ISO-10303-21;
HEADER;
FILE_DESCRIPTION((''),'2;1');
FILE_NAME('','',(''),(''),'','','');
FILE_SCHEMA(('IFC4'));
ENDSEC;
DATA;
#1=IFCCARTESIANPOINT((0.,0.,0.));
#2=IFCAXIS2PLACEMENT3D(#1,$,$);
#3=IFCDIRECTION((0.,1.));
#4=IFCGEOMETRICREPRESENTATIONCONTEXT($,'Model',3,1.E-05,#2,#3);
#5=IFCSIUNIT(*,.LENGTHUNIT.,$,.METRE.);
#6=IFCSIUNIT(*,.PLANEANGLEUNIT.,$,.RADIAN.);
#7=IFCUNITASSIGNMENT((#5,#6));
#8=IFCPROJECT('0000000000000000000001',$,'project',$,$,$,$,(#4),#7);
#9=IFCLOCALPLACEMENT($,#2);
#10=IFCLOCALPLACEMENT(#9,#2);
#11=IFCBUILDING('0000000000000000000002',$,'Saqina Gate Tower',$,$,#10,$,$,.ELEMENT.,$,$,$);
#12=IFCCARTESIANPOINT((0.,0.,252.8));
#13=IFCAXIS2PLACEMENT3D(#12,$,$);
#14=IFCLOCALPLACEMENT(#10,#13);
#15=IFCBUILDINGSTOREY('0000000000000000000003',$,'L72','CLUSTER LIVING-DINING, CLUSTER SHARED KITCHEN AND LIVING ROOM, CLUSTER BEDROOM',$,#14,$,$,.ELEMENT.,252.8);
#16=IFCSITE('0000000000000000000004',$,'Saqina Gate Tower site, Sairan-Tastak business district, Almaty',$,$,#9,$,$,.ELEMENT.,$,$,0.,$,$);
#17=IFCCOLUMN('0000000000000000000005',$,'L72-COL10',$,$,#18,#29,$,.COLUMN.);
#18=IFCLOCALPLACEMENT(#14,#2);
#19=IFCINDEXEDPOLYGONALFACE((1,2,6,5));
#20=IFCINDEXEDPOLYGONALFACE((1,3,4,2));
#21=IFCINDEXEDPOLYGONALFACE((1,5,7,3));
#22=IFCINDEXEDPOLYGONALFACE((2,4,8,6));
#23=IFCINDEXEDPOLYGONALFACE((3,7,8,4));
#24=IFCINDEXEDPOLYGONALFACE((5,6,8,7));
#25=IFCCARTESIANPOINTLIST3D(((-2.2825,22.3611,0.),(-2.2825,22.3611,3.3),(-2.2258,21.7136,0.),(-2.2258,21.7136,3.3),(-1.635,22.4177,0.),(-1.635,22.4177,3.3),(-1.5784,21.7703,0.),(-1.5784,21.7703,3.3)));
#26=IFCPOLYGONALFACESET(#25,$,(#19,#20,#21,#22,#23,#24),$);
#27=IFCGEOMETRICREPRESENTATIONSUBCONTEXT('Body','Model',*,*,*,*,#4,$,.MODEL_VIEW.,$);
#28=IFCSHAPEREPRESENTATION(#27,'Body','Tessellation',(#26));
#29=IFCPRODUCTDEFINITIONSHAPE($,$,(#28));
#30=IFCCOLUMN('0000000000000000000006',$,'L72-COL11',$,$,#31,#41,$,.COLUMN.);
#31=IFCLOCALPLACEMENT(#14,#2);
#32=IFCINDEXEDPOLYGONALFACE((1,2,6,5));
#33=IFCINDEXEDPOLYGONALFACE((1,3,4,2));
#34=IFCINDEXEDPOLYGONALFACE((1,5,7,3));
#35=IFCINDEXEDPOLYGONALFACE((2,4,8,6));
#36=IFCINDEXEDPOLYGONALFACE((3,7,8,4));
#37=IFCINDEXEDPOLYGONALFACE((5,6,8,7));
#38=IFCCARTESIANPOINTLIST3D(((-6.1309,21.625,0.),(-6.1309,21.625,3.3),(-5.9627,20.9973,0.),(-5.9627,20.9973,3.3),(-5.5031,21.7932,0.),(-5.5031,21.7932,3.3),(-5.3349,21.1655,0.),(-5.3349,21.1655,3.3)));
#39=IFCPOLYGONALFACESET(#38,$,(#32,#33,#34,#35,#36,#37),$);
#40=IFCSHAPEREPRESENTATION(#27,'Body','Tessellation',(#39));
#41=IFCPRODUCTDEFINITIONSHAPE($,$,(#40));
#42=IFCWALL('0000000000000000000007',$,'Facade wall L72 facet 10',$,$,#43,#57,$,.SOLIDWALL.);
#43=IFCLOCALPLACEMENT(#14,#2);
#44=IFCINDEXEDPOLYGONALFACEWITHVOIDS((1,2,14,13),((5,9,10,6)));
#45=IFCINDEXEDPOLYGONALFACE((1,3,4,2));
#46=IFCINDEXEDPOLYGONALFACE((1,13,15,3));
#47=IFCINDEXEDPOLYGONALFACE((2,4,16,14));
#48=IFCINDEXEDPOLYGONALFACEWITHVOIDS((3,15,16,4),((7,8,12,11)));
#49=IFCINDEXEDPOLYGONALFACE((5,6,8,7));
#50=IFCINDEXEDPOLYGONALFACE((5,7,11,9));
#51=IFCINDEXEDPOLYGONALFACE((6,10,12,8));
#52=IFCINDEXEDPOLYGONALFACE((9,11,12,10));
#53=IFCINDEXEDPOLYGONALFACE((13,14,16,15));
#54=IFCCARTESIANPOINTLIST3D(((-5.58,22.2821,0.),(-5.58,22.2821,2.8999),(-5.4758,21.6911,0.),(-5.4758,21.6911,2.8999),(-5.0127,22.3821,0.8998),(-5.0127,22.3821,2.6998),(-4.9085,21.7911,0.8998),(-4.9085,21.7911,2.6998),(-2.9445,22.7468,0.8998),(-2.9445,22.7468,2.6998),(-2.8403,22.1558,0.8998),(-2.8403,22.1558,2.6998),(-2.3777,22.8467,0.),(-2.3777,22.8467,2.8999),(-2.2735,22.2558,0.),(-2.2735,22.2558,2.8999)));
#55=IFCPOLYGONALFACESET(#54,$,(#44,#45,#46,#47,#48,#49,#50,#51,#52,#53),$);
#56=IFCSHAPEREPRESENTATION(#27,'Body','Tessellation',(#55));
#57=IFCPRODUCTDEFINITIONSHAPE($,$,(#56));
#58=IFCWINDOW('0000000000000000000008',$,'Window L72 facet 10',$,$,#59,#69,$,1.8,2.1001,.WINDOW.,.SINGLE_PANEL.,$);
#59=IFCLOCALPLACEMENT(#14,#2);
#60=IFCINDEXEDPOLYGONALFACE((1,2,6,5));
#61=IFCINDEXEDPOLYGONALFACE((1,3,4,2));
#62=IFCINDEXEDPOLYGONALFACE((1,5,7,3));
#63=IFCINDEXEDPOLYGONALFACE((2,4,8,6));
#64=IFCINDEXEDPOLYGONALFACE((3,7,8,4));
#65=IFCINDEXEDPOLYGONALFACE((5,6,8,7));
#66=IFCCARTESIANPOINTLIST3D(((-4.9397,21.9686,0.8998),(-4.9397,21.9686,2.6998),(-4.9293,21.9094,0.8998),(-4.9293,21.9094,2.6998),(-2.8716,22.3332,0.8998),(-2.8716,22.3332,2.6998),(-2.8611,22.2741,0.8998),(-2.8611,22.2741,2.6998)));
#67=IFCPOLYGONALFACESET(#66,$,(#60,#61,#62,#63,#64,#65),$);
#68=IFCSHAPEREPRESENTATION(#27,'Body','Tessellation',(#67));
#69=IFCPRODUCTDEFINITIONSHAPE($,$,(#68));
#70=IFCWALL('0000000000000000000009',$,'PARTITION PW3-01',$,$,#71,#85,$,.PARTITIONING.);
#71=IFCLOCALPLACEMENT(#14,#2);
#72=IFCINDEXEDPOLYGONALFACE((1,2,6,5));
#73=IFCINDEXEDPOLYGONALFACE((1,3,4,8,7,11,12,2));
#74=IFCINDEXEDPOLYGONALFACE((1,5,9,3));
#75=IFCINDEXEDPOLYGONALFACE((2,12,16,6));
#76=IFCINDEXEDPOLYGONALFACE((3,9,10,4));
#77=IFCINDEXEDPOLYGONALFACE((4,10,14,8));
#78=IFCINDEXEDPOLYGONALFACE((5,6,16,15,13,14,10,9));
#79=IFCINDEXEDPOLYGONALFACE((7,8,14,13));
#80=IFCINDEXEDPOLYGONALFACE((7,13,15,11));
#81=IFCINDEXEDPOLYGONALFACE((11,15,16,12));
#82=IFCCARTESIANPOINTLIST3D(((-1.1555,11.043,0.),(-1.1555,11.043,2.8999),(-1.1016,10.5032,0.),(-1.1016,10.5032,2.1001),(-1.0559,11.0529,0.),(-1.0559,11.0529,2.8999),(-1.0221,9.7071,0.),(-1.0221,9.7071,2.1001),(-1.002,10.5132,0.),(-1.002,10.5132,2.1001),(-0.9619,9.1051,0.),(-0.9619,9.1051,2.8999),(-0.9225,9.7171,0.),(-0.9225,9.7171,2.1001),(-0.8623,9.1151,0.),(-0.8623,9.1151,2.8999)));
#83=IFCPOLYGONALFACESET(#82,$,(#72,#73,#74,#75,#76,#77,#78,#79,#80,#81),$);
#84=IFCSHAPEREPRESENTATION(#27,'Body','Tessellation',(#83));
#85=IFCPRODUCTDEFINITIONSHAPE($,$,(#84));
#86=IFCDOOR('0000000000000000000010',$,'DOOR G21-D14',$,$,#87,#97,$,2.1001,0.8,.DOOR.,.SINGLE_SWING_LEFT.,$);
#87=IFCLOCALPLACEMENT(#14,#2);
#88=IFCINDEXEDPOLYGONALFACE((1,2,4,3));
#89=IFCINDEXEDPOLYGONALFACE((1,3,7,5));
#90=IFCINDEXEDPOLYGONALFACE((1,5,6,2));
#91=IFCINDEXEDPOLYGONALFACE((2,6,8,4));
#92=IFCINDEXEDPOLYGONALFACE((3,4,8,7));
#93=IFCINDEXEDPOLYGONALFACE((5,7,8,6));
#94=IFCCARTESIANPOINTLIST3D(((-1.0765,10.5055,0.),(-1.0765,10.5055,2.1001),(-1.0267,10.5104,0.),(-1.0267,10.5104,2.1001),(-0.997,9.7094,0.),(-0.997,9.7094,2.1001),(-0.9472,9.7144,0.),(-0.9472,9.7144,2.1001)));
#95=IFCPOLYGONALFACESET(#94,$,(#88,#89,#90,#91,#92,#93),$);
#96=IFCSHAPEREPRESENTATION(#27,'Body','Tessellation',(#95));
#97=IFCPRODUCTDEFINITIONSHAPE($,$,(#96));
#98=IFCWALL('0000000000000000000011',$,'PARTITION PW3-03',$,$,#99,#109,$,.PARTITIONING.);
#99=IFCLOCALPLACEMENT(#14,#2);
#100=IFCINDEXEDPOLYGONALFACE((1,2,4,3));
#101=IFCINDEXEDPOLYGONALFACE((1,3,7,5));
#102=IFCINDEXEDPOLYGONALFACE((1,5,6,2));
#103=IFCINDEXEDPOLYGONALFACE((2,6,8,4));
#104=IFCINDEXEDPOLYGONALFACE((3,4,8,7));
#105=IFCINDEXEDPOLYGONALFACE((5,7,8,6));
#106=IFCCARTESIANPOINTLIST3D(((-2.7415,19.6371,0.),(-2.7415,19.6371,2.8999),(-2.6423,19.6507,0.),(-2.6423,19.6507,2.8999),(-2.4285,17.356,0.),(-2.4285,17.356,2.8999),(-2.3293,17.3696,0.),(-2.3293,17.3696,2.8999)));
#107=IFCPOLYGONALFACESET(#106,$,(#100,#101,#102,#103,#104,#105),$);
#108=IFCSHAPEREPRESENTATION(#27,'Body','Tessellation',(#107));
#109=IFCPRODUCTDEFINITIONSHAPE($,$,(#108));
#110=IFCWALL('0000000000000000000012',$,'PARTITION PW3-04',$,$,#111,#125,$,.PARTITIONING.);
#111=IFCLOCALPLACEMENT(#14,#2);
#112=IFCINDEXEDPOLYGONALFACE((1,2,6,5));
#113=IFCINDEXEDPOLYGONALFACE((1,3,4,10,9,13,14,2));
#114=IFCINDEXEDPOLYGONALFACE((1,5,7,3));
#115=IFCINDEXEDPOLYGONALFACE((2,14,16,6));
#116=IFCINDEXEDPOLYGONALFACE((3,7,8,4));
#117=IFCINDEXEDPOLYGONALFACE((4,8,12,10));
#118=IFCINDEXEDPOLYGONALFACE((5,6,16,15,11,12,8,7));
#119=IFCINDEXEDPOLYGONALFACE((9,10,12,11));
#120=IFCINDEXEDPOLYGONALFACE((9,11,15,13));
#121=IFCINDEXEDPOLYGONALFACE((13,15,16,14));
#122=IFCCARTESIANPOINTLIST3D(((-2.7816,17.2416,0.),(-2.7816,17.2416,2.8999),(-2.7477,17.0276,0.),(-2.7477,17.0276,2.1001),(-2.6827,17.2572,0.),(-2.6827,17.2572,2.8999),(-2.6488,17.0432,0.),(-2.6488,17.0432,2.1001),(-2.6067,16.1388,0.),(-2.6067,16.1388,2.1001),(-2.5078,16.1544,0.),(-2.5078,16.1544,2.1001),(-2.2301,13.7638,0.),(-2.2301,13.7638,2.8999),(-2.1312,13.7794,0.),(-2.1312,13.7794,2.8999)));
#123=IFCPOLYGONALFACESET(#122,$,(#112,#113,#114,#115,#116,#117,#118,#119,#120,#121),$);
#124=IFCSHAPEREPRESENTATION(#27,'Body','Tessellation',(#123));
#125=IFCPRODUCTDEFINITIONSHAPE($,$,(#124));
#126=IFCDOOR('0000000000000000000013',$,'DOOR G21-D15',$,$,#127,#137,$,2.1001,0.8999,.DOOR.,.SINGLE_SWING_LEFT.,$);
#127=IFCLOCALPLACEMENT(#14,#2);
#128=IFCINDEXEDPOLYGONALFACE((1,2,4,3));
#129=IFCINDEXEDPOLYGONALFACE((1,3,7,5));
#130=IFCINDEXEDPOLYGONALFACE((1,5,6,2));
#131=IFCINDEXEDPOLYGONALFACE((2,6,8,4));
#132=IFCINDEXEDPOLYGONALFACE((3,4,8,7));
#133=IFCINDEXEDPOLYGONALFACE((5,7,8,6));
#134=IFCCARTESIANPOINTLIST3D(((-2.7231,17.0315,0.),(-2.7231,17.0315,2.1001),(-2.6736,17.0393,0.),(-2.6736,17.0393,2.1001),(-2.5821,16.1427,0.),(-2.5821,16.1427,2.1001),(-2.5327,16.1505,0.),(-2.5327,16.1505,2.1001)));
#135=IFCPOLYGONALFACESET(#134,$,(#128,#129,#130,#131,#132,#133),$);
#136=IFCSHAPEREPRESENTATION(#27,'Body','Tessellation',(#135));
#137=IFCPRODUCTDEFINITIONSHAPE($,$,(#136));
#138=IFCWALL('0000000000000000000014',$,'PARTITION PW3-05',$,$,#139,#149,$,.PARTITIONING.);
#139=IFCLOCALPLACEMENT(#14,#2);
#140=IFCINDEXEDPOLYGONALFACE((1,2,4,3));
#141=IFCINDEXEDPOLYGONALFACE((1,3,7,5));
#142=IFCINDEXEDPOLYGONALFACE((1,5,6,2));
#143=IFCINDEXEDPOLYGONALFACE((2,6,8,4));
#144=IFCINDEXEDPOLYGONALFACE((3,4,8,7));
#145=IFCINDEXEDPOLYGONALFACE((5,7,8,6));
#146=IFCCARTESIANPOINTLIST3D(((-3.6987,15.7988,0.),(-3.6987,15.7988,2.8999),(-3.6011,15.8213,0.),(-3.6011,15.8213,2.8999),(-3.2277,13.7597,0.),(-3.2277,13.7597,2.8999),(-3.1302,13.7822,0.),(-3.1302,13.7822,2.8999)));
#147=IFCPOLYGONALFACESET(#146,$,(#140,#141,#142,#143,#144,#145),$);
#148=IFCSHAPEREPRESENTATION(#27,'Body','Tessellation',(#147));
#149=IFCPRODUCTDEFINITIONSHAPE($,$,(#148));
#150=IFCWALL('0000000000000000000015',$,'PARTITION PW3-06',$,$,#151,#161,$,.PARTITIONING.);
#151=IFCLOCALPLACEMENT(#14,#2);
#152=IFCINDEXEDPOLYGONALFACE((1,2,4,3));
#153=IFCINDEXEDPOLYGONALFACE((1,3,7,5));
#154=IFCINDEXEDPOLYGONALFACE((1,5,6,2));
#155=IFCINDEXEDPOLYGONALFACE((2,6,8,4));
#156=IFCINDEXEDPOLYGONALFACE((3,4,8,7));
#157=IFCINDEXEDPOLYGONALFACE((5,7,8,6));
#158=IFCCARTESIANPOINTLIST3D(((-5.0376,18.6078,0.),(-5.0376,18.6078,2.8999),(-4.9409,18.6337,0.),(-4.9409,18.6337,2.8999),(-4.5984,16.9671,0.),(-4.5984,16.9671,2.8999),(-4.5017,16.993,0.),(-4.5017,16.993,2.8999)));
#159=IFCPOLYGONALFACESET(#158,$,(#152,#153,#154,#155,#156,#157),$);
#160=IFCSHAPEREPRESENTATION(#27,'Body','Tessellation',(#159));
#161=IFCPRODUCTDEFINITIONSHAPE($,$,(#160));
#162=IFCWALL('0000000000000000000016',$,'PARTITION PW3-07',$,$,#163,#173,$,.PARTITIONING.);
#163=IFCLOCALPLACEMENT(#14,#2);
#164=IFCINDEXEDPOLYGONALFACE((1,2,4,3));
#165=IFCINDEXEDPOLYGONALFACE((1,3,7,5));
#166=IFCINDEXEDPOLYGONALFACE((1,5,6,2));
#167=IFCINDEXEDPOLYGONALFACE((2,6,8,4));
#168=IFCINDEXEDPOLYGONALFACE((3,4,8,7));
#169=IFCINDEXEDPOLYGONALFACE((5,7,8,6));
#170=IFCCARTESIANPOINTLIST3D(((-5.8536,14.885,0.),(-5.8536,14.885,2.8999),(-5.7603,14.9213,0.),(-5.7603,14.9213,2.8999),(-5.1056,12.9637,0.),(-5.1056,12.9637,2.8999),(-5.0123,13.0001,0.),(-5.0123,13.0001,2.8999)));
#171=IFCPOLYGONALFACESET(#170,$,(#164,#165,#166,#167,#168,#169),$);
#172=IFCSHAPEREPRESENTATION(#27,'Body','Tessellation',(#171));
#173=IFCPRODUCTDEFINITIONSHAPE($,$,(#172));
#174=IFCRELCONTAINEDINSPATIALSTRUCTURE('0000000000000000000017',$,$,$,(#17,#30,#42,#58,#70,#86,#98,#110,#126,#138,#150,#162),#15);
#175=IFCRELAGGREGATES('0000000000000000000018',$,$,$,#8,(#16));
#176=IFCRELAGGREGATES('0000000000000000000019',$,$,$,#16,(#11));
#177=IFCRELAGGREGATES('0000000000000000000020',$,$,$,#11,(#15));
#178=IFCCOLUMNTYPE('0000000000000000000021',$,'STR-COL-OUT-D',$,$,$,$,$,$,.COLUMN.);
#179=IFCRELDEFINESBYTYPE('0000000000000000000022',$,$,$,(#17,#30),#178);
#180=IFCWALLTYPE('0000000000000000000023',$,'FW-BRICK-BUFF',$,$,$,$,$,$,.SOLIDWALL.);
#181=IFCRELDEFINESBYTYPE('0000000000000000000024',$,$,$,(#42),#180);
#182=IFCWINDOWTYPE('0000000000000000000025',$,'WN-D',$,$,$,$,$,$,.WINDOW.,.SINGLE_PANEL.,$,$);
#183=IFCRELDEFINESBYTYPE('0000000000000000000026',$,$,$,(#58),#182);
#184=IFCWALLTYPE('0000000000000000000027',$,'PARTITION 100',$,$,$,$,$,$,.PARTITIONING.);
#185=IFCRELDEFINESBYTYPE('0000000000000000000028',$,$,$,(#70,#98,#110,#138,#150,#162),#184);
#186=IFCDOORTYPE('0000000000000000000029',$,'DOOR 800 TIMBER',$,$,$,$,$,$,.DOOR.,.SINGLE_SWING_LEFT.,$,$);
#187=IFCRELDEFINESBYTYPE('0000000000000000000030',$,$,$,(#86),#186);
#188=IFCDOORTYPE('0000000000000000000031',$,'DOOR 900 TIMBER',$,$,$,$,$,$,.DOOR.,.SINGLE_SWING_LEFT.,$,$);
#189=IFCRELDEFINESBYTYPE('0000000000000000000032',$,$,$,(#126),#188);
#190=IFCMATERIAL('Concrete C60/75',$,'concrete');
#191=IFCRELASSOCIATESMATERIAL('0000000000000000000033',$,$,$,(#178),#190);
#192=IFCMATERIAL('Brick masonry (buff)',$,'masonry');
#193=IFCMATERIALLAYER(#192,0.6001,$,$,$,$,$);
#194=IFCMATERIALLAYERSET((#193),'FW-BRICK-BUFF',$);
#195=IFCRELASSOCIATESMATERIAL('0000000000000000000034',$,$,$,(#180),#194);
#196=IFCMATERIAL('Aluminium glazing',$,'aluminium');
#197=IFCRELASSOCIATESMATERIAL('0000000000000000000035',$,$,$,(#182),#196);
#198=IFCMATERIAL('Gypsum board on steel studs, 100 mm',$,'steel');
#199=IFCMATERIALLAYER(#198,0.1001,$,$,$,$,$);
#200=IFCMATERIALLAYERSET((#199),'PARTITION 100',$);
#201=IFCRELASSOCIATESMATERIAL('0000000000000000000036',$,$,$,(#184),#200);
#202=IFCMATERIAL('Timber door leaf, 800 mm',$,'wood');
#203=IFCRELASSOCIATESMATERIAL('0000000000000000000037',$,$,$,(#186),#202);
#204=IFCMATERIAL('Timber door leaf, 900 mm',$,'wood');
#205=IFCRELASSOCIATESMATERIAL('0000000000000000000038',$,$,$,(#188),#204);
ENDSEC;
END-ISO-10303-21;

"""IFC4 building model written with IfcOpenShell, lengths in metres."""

from ifc_helpers import new_model, si_unit, direction, frame, frame_2d, origin, origin_2d, place, context, subcontext, project, spatial, rectangle, extrude, material, layer, layer_set, material_profile, profile_set, type_object, element, fill, save


model = new_model("IFC4")

# Units and contexts
model_context = context("Model", 3, precision=1e-05, world=origin(), true_north=direction((0.0, 1.0)))
body_context = subcontext(model_context, "Body", "Model", "MODEL_VIEW")
ifc_project = project(units=[si_unit("LENGTHUNIT", "METRE"), si_unit("PLANEANGLEUNIT", "RADIAN")], contexts=[model_context])

# Site, building, storey
site_placement = place(None, origin())
site = spatial("IfcSite", under=ifc_project, at=site_placement, Name="Saqina Gate Tower site, Sairan-Tastak business district, Almaty", CompositionType="ELEMENT", RefElevation=0.0)
building_placement = place(site_placement, origin())
building = spatial("IfcBuilding", under=site, at=building_placement, Name="Saqina Gate Tower", CompositionType="ELEMENT")
storey_placement = place(building_placement, frame((0.0, 0.0, 252.8)))
storey = spatial("IfcBuildingStorey", under=building, at=storey_placement, Name="L72", Description="CLUSTER LIVING-DINING, CLUSTER SHARED KITCHEN AND LIVING ROOM, CLUSTER BEDROOM", CompositionType="ELEMENT", Elevation=252.8)

# Columns
ifc_material_1 = material(Name="Concrete C60/75", Category="concrete")
ifc_material_profile = material_profile(ifc_material_1, rectangle(XDim=0.6499, YDim=0.6499, at=origin_2d()), Name="RC 650x650")
ifc_profile_set = profile_set([ifc_material_profile], Name="Concrete C60/75")
column_type = type_object("IfcColumnType", Name="STR-COL-OUT-D", PredefinedType="COLUMN", material=ifc_profile_set)
for number, where, z_axis, x_axis, name in (
    (1, (-1.9304, 22.0657, 0.0), (0.0, 0.0, 1.0), (-0.087156, 0.996195, 0.0), "L72-COL10"),
    (2, (-5.7329, 21.3953, 0.0), (0.0, 0.0, 1.0), (-0.258819, 0.965926, 0.0), "L72-COL11"),
):
    element("IfcColumn", number, at=place(storey_placement, frame(where, z_axis=z_axis, x_axis=x_axis)), inside=storey, type_object=column_type, Name=name, PredefinedType="COLUMN", context=body_context, shape_type="SweptSolid", body=[
        extrude(rectangle(XDim=0.6499, YDim=0.6499, at=origin_2d()), origin(), (0.0, 0.0, 1.0), 3.3),
    ])

# Wall, opening, window
ifc_material_2 = material(Name="Brick masonry (buff)", Category="masonry")
ifc_layer_1 = layer(ifc_material_2, 0.6001)
ifc_layer_set_1 = layer_set([ifc_layer_1], Name="FW-BRICK-BUFF")
wall_type_1 = type_object("IfcWallType", Name="FW-BRICK-BUFF", PredefinedType="SOLIDWALL", material=ifc_layer_set_1)
wall_1_placement = place(storey_placement, frame((-2.3254, 22.5513, 0.0), z_axis=(0.0, 0.0, 1.0), x_axis=(-0.984806, -0.173657, 0.0)))
wall_1 = element("IfcWall", 3, at=wall_1_placement, inside=storey, type_object=wall_type_1, Name="Facade wall L72 facet 10", PredefinedType="SOLIDWALL", context=body_context, shape_type="SweptSolid", body=[
    extrude(rectangle(XDim=3.2517, YDim=0.6001, at=frame_2d((1.626, 0.0))), origin(), (0.0, 0.0, 1.0), 2.8999),
])
opening_1_placement = place(wall_1_placement, frame((0.5757, 0.0, 0.8999)))
opening_1 = element("IfcOpeningElement", 4, at=opening_1_placement, cuts=wall_1, PredefinedType="OPENING", context=body_context, shape_type="SweptSolid", body=[
    extrude(rectangle(XDim=2.1001, YDim=1.8, at=frame_2d((1.05, 0.8999))), frame((0.0, 0.312, 0.0), z_axis=(0.0, -1.0, 0.0), x_axis=(1.0, 0.0, 0.0)), (0.0, 0.0, 1.0), 0.624),
])
ifc_material_3 = material(Name="Aluminium glazing", Category="aluminium")
window_type = type_object("IfcWindowType", Name="WN-D", PartitioningType="SINGLE_PANEL", PredefinedType="WINDOW", material=ifc_material_3)
window_placement = place(opening_1_placement, origin())
window = element("IfcWindow", 5, at=window_placement, inside=storey, type_object=window_type, Name="Window L72 facet 10", OverallHeight=1.8, OverallWidth=2.1001, PartitioningType="SINGLE_PANEL", PredefinedType="WINDOW", context=body_context, shape_type="SweptSolid", body=[
    extrude(rectangle(XDim=2.1001, YDim=1.8, at=frame_2d((1.05, 0.8999))), frame((0.0, 0.1799, 0.0), z_axis=(0.0, -1.0, 0.0), x_axis=(1.0, 0.0, 0.0)), (0.0, 0.0, 1.0), 0.0601),
])
fill(opening_1, window)

# Wall, opening, door
ifc_material_4 = material(Name="Gypsum board on steel studs, 100 mm", Category="steel")
ifc_layer_2 = layer(ifc_material_4, 0.1001)
ifc_layer_set_2 = layer_set([ifc_layer_2], Name="PARTITION 100")
wall_type_2 = type_object("IfcWallType", Name="PARTITION 100", PredefinedType="PARTITIONING", material=ifc_layer_set_2)
wall_2_placement = place(storey_placement, frame((-1.1057, 11.0479, 0.0), z_axis=(0.0, 0.0, 1.0), x_axis=(0.099417, -0.995046, 0.0)))
wall_2 = element("IfcWall", 6, at=wall_2_placement, inside=storey, type_object=wall_type_2, Name="PARTITION PW3-01", PredefinedType="PARTITIONING", context=body_context, shape_type="SweptSolid", body=[
    extrude(rectangle(XDim=1.9475, YDim=0.1001, at=frame_2d((0.9736, 0.0))), origin(), (0.0, 0.0, 1.0), 2.8999),
])
opening_2_placement = place(wall_2_placement, frame((0.5425, 0.0, 0.0)))
opening_2 = element("IfcOpeningElement", 7, at=opening_2_placement, cuts=wall_2, PredefinedType="OPENING", context=body_context, shape_type="SweptSolid", body=[
    extrude(rectangle(XDim=0.8, YDim=2.1001, at=frame_2d((0.3999, 1.05))), frame((0.0, 0.062, 0.0), z_axis=(0.0, -1.0, 0.0), x_axis=(1.0, 0.0, 0.0)), (0.0, 0.0, 1.0), 0.124),
])
ifc_material_5 = material(Name="Timber door leaf, 800 mm", Category="wood")
door_type_1 = type_object("IfcDoorType", Name="DOOR 800 TIMBER", OperationType="SINGLE_SWING_LEFT", PredefinedType="DOOR", material=ifc_material_5)
door_1_placement = place(opening_2_placement, frame((0.8, 0.0, 0.0), z_axis=(0.0, 0.0, 1.0), x_axis=(-1.0, 0.0, 0.0)))
door_1 = element("IfcDoor", 8, at=door_1_placement, inside=storey, type_object=door_type_1, Name="DOOR G21-D14", OperationType="SINGLE_SWING_LEFT", OverallHeight=2.1001, OverallWidth=0.8, PredefinedType="DOOR", context=body_context, shape_type="SweptSolid", body=[
    extrude(rectangle(XDim=0.8, YDim=2.1001, at=frame_2d((0.3999, 1.05))), frame((0.0, 0.0249, 0.0), z_axis=(0.0, -1.0, 0.0), x_axis=(1.0, 0.0, 0.0)), (0.0, 0.0, 1.0), 0.05),
])
fill(opening_2, door_1)

# Wall
wall_3_placement = place(storey_placement, frame((-2.6919, 19.644, 0.0), z_axis=(0.0, 0.0, 1.0), x_axis=(0.135941, -0.990717, 0.0)))
element("IfcWall", 9, at=wall_3_placement, inside=storey, type_object=wall_type_2, Name="PARTITION PW3-03", PredefinedType="PARTITIONING", context=body_context, shape_type="SweptSolid", body=[
    extrude(rectangle(XDim=2.3025, YDim=0.1001, at=frame_2d((1.1514, 0.0))), origin(), (0.0, 0.0, 1.0), 2.8999),
])

# Wall, opening, door
wall_4_placement = place(storey_placement, frame((-2.7322, 17.2495, 0.0), z_axis=(0.0, 0.0, 1.0), x_axis=(0.156625, -0.987658, 0.0)))
wall_4 = element("IfcWall", 10, at=wall_4_placement, inside=storey, type_object=wall_type_2, Name="PARTITION PW3-04", PredefinedType="PARTITIONING", context=body_context, shape_type="SweptSolid", body=[
    extrude(rectangle(XDim=3.5212, YDim=0.1001, at=frame_2d((1.7607, 0.0))), origin(), (0.0, 0.0, 1.0), 2.8999),
])
opening_3_placement = place(wall_4_placement, frame((0.2168, 0.0, 0.0)))
opening_3 = element("IfcOpeningElement", 11, at=opening_3_placement, cuts=wall_4, PredefinedType="OPENING", context=body_context, shape_type="SweptSolid", body=[
    extrude(rectangle(XDim=0.8999, YDim=2.1001, at=frame_2d((0.45, 1.05))), frame((0.0, 0.062, 0.0), z_axis=(0.0, -1.0, 0.0), x_axis=(1.0, 0.0, 0.0)), (0.0, 0.0, 1.0), 0.124),
])
ifc_material_6 = material(Name="Timber door leaf, 900 mm", Category="wood")
door_type_2 = type_object("IfcDoorType", Name="DOOR 900 TIMBER", OperationType="SINGLE_SWING_LEFT", PredefinedType="DOOR", material=ifc_material_6)
door_2_placement = place(opening_3_placement, origin())
door_2 = element("IfcDoor", 12, at=door_2_placement, inside=storey, type_object=door_type_2, Name="DOOR G21-D15", OperationType="SINGLE_SWING_LEFT", OverallHeight=2.1001, OverallWidth=0.8999, PredefinedType="DOOR", context=body_context, shape_type="SweptSolid", body=[
    extrude(rectangle(XDim=0.8999, YDim=2.1001, at=frame_2d((0.45, 1.05))), frame((0.0, 0.0249, 0.0), z_axis=(0.0, -1.0, 0.0), x_axis=(1.0, 0.0, 0.0)), (0.0, 0.0, 1.0), 0.05),
])
fill(opening_3, door_2)

# Walls
wall_5_placement = place(storey_placement, frame((-3.6499, 15.8101, 0.0), z_axis=(0.0, 0.0, 1.0), x_axis=(0.225038, -0.97435, 0.0)))
element("IfcWall", 13, at=wall_5_placement, inside=storey, type_object=wall_type_2, Name="PARTITION PW3-05", PredefinedType="PARTITIONING", context=body_context, shape_type="SweptSolid", body=[
    extrude(rectangle(XDim=2.0928, YDim=0.1001, at=frame_2d((1.0464, 0.0))), origin(), (0.0, 0.0, 1.0), 2.8999),
])
wall_6_placement = place(storey_placement, frame((-4.9893, 18.6206, 0.0), z_axis=(0.0, 0.0, 1.0), x_axis=(0.258602, -0.965984, 0.0)))
element("IfcWall", 14, at=wall_6_placement, inside=storey, type_object=wall_type_2, Name="PARTITION PW3-06", PredefinedType="PARTITIONING", context=body_context, shape_type="SweptSolid", body=[
    extrude(rectangle(XDim=1.6985, YDim=0.1001, at=frame_2d((0.8491, 0.0))), origin(), (0.0, 0.0, 1.0), 2.8999),
])
wall_7_placement = place(storey_placement, frame((-5.8069, 14.9031, 0.0), z_axis=(0.0, 0.0, 1.0), x_axis=(0.362801, -0.931867, 0.0)))
element("IfcWall", 15, at=wall_7_placement, inside=storey, type_object=wall_type_2, Name="PARTITION PW3-07", PredefinedType="PARTITIONING", context=body_context, shape_type="SweptSolid", body=[
    extrude(rectangle(XDim=2.0618, YDim=0.1001, at=frame_2d((1.0308, 0.0))), origin(), (0.0, 0.0, 1.0), 2.8999),
])

save(model, "model.ifc")
